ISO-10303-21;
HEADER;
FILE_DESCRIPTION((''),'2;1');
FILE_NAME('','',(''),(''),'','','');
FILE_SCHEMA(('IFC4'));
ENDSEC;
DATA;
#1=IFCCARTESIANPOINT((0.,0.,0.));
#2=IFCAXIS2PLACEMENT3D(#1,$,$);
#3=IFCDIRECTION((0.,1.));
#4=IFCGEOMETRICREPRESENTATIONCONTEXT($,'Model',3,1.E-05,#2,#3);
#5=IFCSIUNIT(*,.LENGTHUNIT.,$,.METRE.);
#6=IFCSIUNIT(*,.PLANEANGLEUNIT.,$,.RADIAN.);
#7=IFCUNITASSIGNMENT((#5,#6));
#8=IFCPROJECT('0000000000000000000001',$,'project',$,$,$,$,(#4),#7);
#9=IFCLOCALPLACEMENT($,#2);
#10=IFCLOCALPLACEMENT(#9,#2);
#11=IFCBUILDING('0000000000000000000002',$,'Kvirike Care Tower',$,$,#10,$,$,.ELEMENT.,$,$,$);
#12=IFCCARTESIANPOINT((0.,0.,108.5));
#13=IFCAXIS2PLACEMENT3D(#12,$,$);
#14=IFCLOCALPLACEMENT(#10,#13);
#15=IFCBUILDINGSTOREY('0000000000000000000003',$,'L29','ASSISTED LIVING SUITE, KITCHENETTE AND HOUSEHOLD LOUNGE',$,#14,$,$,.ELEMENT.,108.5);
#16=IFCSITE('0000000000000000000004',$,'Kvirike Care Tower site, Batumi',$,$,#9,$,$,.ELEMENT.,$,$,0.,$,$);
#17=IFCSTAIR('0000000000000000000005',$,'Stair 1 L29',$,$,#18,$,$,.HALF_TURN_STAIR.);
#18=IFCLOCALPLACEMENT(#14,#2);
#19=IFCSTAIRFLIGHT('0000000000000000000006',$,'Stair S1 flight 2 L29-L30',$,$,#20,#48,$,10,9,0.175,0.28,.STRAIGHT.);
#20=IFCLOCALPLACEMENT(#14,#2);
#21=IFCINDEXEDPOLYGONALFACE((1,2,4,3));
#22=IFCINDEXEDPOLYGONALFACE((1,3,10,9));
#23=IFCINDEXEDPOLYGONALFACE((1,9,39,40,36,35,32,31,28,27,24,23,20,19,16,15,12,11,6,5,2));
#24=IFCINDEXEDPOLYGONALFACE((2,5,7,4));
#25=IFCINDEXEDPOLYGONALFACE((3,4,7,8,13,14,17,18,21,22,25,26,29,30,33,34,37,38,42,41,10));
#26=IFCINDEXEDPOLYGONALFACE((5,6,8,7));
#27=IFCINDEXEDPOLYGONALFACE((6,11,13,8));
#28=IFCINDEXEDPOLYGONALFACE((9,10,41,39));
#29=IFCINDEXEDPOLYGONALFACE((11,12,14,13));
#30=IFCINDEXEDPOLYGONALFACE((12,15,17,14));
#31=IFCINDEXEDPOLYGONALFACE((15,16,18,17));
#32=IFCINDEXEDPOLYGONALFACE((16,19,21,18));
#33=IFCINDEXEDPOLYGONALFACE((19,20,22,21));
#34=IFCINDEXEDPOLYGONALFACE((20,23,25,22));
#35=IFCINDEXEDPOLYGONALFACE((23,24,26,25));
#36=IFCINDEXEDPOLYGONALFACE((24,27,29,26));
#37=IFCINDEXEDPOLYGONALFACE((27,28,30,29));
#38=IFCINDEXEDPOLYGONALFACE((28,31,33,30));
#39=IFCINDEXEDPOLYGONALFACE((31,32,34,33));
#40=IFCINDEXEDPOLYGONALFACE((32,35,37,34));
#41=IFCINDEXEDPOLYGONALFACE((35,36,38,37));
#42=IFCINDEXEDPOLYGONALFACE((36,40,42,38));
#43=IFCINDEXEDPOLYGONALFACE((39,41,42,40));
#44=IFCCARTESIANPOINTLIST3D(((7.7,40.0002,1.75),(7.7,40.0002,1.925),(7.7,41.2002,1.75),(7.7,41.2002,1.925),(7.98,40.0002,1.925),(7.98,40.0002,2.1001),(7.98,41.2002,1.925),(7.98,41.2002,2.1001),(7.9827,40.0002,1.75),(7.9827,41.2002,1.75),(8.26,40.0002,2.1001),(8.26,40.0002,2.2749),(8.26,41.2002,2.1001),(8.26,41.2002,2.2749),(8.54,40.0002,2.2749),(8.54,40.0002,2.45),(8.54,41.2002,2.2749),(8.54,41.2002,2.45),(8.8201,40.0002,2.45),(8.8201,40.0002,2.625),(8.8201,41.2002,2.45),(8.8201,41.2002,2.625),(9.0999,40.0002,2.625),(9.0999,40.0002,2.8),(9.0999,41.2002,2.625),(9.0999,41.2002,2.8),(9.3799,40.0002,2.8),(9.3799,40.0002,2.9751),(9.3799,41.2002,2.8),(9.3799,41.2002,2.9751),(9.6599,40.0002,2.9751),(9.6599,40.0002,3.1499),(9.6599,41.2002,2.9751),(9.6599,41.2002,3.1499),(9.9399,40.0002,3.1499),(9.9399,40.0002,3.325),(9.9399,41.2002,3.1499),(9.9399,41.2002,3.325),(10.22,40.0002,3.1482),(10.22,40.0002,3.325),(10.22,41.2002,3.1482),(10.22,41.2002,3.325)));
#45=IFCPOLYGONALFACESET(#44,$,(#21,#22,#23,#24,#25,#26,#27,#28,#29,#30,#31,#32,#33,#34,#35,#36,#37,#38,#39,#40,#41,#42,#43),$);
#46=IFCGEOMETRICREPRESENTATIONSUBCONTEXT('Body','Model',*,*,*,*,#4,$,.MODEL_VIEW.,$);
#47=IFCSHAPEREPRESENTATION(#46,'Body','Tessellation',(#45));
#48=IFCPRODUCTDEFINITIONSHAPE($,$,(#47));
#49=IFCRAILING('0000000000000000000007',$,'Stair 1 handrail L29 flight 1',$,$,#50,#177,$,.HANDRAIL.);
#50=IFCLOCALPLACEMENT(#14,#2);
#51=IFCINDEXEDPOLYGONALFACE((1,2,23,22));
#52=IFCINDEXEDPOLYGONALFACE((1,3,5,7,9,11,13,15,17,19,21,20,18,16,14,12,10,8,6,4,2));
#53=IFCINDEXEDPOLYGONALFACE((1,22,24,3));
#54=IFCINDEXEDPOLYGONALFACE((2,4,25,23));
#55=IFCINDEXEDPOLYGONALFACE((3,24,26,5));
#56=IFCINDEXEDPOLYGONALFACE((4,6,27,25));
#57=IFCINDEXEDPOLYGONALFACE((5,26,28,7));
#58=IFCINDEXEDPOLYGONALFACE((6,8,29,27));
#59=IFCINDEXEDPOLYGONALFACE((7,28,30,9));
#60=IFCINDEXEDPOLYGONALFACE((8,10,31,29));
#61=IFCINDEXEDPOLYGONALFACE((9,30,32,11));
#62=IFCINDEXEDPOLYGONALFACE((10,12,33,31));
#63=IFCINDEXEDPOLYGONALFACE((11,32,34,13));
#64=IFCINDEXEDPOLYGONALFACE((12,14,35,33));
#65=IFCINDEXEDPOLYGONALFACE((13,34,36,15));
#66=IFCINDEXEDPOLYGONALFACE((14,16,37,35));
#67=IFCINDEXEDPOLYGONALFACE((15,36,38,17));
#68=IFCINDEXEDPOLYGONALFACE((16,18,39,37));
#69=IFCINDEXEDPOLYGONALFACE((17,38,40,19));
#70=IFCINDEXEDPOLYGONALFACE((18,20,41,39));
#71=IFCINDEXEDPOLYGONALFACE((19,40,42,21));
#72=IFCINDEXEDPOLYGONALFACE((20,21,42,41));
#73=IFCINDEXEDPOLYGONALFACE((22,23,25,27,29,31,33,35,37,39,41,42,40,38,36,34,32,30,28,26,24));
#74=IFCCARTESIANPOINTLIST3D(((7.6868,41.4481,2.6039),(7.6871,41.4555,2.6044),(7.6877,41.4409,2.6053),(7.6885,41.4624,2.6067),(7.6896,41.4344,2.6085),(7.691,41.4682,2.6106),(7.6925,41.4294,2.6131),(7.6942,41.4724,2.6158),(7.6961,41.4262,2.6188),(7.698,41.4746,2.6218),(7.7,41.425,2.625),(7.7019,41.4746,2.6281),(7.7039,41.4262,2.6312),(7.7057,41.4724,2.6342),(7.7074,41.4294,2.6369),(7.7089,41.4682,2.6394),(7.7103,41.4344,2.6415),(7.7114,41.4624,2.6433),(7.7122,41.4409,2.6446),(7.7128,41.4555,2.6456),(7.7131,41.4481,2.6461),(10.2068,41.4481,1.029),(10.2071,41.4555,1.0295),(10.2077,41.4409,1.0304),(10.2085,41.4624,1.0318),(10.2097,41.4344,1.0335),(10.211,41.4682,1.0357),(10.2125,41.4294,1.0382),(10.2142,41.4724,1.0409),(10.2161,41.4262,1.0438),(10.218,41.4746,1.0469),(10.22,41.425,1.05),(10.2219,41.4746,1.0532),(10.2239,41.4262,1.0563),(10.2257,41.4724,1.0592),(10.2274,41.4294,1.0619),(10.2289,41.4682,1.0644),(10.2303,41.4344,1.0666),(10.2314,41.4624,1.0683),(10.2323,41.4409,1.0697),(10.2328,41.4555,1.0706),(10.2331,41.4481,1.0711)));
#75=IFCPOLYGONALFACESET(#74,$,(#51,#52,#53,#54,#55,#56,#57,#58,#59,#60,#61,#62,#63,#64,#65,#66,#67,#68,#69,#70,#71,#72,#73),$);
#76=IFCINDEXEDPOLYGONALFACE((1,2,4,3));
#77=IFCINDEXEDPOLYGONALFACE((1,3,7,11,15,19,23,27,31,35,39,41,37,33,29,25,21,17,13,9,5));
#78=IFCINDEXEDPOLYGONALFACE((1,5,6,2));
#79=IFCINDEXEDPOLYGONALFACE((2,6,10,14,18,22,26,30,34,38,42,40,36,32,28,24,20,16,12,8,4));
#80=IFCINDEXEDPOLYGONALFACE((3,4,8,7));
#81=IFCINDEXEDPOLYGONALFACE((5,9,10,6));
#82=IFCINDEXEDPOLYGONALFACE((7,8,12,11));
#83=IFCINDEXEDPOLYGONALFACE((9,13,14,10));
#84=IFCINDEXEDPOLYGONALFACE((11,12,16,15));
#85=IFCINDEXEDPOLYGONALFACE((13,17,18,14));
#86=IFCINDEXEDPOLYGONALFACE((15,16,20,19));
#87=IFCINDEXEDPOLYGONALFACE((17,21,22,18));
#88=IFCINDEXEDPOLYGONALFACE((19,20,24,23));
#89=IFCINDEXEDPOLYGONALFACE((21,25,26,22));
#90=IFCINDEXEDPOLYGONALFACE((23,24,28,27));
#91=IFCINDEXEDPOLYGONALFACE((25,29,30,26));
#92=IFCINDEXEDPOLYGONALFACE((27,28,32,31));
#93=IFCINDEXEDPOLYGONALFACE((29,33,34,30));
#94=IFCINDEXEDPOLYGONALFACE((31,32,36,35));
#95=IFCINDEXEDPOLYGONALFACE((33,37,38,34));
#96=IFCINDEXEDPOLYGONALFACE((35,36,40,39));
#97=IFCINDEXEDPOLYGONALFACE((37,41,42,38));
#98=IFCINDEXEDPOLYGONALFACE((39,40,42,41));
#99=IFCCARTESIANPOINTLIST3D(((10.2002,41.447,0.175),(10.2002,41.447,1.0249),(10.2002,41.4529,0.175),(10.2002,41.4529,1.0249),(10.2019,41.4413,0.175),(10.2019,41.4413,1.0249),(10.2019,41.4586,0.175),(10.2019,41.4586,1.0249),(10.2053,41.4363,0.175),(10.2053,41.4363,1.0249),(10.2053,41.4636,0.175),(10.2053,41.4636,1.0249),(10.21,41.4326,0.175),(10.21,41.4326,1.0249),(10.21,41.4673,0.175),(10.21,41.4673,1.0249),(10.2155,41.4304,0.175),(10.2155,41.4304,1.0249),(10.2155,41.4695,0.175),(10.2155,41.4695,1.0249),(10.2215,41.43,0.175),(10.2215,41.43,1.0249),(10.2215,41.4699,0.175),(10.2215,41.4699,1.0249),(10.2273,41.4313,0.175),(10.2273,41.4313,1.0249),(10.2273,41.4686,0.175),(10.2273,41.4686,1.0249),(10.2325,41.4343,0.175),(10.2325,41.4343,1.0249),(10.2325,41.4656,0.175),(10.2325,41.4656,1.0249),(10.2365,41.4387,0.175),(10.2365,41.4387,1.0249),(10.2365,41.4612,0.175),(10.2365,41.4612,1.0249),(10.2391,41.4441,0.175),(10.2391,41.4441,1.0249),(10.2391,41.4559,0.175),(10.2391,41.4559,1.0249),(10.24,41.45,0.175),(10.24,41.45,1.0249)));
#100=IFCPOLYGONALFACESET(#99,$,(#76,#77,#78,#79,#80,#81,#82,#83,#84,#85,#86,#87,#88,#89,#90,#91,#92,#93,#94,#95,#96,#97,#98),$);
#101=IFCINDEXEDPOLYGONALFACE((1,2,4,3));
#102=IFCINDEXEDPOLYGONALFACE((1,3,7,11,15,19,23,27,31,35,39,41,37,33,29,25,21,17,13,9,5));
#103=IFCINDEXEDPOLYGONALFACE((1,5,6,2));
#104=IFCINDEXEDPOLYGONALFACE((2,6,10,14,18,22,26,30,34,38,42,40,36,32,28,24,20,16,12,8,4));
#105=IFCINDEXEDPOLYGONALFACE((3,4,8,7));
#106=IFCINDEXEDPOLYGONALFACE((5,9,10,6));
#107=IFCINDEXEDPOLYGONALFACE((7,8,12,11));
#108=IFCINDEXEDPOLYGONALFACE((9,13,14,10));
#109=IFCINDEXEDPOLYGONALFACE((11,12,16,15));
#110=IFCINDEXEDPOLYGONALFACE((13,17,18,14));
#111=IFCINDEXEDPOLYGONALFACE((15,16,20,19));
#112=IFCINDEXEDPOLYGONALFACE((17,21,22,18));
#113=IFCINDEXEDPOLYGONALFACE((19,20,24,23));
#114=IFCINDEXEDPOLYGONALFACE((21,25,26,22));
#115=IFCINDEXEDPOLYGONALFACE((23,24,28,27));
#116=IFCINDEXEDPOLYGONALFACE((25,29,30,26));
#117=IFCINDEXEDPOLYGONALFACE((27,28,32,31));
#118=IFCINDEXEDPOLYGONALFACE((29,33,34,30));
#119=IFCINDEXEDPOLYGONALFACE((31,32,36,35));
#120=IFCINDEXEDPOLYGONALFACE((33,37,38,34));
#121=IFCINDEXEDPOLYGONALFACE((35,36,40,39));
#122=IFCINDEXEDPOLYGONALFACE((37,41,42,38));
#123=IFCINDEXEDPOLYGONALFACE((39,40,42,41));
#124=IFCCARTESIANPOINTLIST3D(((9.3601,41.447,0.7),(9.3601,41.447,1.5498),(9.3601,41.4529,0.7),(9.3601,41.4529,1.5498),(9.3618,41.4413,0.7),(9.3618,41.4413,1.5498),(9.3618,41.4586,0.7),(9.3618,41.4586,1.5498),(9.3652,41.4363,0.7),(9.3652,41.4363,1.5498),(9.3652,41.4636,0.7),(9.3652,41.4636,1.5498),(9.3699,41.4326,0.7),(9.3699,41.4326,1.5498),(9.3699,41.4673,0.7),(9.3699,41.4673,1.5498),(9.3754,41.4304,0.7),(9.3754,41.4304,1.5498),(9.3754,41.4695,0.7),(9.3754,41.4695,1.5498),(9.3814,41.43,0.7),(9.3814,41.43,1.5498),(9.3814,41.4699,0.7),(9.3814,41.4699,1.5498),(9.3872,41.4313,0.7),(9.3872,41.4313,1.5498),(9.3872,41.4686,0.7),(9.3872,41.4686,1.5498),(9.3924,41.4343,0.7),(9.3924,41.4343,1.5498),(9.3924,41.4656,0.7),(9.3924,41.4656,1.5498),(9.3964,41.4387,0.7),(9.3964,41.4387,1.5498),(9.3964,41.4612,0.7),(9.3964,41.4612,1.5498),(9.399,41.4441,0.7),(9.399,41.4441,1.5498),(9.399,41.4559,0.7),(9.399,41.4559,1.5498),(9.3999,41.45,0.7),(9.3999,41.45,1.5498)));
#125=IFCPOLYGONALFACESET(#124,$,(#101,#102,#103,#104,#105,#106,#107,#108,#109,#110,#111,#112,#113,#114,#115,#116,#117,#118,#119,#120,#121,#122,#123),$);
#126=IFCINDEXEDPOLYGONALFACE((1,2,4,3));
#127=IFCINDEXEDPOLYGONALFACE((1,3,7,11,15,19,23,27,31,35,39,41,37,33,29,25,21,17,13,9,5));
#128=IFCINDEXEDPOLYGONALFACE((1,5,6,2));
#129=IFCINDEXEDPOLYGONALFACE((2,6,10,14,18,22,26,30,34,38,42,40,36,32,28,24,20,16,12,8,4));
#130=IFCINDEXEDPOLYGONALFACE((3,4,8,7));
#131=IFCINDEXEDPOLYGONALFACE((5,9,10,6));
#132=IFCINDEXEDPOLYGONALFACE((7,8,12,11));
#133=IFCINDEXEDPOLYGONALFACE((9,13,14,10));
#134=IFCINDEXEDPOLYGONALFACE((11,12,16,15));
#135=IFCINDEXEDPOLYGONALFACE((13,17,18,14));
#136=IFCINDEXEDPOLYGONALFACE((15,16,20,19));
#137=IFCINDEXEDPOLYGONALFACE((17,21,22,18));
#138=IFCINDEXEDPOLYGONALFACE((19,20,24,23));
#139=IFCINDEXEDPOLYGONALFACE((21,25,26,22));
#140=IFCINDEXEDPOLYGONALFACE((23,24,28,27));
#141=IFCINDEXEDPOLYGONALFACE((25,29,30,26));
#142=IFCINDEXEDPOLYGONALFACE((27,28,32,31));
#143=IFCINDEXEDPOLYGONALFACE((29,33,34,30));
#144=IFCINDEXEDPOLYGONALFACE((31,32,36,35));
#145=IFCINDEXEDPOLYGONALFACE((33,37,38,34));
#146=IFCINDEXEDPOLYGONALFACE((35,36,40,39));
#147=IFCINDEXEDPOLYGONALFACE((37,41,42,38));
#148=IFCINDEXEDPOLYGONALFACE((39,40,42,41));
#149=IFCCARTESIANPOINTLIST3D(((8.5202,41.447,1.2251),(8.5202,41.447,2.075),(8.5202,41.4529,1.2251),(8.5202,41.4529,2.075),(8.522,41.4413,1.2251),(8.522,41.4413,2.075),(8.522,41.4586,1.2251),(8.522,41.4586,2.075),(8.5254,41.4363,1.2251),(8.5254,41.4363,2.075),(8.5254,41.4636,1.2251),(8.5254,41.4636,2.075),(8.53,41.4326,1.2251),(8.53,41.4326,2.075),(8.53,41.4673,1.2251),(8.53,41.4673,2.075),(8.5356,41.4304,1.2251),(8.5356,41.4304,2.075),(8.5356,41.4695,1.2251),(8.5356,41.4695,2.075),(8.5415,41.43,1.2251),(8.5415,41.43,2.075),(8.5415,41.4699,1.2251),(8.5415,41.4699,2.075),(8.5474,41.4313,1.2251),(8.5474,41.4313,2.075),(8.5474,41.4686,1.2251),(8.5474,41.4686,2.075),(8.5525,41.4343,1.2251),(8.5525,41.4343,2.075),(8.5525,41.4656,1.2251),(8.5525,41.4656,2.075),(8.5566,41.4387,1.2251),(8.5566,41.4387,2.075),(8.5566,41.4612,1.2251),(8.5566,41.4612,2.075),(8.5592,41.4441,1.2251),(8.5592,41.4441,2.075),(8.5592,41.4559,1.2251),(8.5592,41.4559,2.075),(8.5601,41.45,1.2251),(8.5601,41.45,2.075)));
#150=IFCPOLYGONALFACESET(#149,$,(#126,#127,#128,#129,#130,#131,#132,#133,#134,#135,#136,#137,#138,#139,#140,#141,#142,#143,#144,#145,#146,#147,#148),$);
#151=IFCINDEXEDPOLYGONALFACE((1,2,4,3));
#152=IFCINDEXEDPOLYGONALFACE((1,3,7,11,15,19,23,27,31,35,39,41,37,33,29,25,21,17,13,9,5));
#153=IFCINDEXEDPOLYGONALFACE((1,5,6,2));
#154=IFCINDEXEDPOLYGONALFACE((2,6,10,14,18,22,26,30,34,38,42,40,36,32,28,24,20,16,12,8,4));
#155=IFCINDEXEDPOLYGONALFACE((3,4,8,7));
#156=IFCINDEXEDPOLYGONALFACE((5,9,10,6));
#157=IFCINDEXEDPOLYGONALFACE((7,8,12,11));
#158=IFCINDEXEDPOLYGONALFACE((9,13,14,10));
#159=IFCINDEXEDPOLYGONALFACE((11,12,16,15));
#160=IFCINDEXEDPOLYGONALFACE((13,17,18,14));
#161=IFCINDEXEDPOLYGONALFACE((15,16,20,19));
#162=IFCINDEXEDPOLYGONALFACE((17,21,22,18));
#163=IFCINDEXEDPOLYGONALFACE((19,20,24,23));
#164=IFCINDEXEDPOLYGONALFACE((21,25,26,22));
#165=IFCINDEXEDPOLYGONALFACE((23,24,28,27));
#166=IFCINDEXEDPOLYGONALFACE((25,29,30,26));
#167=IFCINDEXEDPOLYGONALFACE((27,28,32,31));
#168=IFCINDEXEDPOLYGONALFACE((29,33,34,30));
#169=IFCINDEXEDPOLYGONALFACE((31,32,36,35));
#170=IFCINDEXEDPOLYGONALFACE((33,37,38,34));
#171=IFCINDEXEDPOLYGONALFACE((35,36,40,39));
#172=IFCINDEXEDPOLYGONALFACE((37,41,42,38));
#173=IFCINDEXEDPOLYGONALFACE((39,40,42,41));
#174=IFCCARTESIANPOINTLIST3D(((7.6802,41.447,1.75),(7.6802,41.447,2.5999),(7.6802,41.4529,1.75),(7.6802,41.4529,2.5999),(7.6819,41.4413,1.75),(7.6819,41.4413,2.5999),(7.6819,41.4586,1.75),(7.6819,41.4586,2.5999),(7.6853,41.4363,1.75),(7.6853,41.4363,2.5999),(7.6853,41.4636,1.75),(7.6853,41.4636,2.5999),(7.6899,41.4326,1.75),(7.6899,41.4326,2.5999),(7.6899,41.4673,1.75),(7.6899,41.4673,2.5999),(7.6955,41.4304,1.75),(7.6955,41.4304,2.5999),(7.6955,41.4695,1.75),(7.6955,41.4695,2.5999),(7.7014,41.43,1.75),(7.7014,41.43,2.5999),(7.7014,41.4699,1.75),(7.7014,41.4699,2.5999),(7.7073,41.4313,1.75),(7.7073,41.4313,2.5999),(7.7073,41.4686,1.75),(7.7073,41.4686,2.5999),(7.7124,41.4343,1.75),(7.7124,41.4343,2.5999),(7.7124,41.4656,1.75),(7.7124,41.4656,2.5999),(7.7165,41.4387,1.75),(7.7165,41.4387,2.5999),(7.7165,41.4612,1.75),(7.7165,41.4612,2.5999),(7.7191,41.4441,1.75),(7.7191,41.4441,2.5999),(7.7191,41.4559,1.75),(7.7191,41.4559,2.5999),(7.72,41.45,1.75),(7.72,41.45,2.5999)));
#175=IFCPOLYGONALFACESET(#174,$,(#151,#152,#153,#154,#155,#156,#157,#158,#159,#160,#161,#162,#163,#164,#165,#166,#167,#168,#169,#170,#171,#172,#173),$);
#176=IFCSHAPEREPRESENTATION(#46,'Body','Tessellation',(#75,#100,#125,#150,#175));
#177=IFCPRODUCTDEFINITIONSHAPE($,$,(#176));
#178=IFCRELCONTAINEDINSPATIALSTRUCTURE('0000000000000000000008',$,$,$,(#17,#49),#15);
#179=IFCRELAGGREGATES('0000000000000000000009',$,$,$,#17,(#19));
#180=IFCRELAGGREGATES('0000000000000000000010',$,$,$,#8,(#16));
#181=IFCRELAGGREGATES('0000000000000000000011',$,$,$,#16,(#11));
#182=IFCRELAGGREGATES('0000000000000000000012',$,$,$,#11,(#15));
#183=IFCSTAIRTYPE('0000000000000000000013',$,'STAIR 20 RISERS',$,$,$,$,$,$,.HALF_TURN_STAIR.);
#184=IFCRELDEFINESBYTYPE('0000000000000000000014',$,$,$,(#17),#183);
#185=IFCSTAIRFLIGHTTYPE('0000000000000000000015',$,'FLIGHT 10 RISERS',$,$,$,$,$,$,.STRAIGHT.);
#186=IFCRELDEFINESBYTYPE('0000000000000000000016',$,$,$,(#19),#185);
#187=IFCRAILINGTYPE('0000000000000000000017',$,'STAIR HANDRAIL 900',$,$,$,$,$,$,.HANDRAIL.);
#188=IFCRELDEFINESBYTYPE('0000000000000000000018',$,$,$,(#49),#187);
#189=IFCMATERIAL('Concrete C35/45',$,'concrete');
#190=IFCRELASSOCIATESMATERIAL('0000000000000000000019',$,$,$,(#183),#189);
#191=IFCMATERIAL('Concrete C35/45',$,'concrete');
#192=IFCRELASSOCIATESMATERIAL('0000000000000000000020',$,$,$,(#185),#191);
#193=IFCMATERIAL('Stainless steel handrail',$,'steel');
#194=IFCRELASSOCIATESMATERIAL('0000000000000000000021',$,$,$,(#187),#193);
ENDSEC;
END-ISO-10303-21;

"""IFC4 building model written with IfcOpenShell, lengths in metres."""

from ifc_helpers import new_model, si_unit, direction, frame, origin, origin_2d, place, context, subcontext, project, spatial, polyline, circle, outline, extrude, material, type_object, element, aggregate, save


model = new_model("IFC4")

# Units and contexts
model_context = context("Model", 3, precision=1e-05, world=origin(), true_north=direction((0.0, 1.0)))
body_context = subcontext(model_context, "Body", "Model", "MODEL_VIEW")
ifc_project = project(units=[si_unit("LENGTHUNIT", "METRE"), si_unit("PLANEANGLEUNIT", "RADIAN")], contexts=[model_context])

# Site, building, storey
site_placement = place(None, origin())
site = spatial("IfcSite", under=ifc_project, at=site_placement, Name="Kvirike Care Tower site, Batumi", CompositionType="ELEMENT", RefElevation=0.0)
building_placement = place(site_placement, origin())
building = spatial("IfcBuilding", under=site, at=building_placement, Name="Kvirike Care Tower", CompositionType="ELEMENT")
storey_placement = place(building_placement, frame((0.0, 0.0, 108.5)))
storey = spatial("IfcBuildingStorey", under=building, at=storey_placement, Name="L29", Description="ASSISTED LIVING SUITE, KITCHENETTE AND HOUSEHOLD LOUNGE", CompositionType="ELEMENT", Elevation=108.5)

# Stair, stair flight
ifc_material_1 = material(Name="Concrete C35/45", Category="concrete")
stair_type = type_object("IfcStairType", Name="STAIR 20 RISERS", PredefinedType="HALF_TURN_STAIR", material=ifc_material_1)
stair_placement = place(storey_placement, origin())
stair = element("IfcStair", 1, at=stair_placement, inside=storey, type_object=stair_type, Name="Stair 1 L29", PredefinedType="HALF_TURN_STAIR")
ifc_material_2 = material(Name="Concrete C35/45", Category="concrete")
stair_flight_type = type_object("IfcStairFlightType", Name="FLIGHT 10 RISERS", PredefinedType="STRAIGHT", material=ifc_material_2)
stair_flight_1_placement = place(storey_placement, frame((7.7, 40.6001, 1.75), z_axis=(0.0, 0.0, 1.0), x_axis=(1.0, 0.0, 0.0)))
stair_flight_1 = element("IfcStairFlight", 2, at=stair_flight_1_placement, type_object=stair_flight_type, Name="Stair S1 flight 2 L29-L30", NumberOfRisers=10, NumberOfTreads=9, PredefinedType="STRAIGHT", RiserHeight=0.175, TreadLength=0.28, context=body_context, shape_type="SweptSolid", body=[
    extrude(outline(polyline([(0.0, 0.0), (0.0, 0.175), (0.28, 0.175), (0.28, 0.3501), (0.5601, 0.3501), (0.5601, 0.5249), (0.8401, 0.5249), (0.8401, 0.7), (1.1201, 0.7), (1.1201, 0.875), (1.3999, 0.875), (1.3999, 1.05), (1.6799, 1.05), (1.6799, 1.2251), (1.96, 1.2251), (1.96, 1.3999), (2.24, 1.3999), (2.24, 1.575), (2.52, 1.575), (2.52, 1.75), (2.52, 1.3982), (0.2827, 0.0), (0.0, 0.0)])), frame((0.0, 0.6001, 0.0), z_axis=(0.0, -1.0, 0.0), x_axis=(1.0, 0.0, 0.0)), (0.0, 0.0, 1.0), 1.2),
])
aggregate(stair, [stair_flight_1])

# Railing
ifc_material_3 = material(Name="Stainless steel handrail", Category="steel")
railing_type = type_object("IfcRailingType", Name="STAIR HANDRAIL 900", PredefinedType="HANDRAIL", material=ifc_material_3)
railing_1_placement = place(storey_placement, frame((10.22, 41.45, 0.175)))
element("IfcRailing", 3, at=railing_1_placement, inside=storey, type_object=railing_type, Name="Stair 1 handrail L29 flight 1", PredefinedType="HANDRAIL", context=body_context, shape_type="SweptSolid", body=[
    extrude(circle(Radius=0.0249, at=origin_2d()), frame((0.0, 0.0, 0.875), z_axis=(-0.848008, 0.0, 0.529984), x_axis=(0.0, -1.0, 0.0)), (0.0, 0.0, 1.0), 2.9717),
    extrude(circle(Radius=0.02, at=origin_2d()), origin(), (0.0, 0.0, 1.0), 0.8499),
    extrude(circle(Radius=0.02, at=origin_2d()), frame((-0.8401, 0.0, 0.5249)), (0.0, 0.0, 1.0), 0.8499),
    extrude(circle(Radius=0.02, at=origin_2d()), frame((-1.6799, 0.0, 1.05)), (0.0, 0.0, 1.0), 0.8499),
    extrude(circle(Radius=0.02, at=origin_2d()), frame((-2.52, 0.0, 1.575)), (0.0, 0.0, 1.0), 0.8499),
])

save(model, "model.ifc")
